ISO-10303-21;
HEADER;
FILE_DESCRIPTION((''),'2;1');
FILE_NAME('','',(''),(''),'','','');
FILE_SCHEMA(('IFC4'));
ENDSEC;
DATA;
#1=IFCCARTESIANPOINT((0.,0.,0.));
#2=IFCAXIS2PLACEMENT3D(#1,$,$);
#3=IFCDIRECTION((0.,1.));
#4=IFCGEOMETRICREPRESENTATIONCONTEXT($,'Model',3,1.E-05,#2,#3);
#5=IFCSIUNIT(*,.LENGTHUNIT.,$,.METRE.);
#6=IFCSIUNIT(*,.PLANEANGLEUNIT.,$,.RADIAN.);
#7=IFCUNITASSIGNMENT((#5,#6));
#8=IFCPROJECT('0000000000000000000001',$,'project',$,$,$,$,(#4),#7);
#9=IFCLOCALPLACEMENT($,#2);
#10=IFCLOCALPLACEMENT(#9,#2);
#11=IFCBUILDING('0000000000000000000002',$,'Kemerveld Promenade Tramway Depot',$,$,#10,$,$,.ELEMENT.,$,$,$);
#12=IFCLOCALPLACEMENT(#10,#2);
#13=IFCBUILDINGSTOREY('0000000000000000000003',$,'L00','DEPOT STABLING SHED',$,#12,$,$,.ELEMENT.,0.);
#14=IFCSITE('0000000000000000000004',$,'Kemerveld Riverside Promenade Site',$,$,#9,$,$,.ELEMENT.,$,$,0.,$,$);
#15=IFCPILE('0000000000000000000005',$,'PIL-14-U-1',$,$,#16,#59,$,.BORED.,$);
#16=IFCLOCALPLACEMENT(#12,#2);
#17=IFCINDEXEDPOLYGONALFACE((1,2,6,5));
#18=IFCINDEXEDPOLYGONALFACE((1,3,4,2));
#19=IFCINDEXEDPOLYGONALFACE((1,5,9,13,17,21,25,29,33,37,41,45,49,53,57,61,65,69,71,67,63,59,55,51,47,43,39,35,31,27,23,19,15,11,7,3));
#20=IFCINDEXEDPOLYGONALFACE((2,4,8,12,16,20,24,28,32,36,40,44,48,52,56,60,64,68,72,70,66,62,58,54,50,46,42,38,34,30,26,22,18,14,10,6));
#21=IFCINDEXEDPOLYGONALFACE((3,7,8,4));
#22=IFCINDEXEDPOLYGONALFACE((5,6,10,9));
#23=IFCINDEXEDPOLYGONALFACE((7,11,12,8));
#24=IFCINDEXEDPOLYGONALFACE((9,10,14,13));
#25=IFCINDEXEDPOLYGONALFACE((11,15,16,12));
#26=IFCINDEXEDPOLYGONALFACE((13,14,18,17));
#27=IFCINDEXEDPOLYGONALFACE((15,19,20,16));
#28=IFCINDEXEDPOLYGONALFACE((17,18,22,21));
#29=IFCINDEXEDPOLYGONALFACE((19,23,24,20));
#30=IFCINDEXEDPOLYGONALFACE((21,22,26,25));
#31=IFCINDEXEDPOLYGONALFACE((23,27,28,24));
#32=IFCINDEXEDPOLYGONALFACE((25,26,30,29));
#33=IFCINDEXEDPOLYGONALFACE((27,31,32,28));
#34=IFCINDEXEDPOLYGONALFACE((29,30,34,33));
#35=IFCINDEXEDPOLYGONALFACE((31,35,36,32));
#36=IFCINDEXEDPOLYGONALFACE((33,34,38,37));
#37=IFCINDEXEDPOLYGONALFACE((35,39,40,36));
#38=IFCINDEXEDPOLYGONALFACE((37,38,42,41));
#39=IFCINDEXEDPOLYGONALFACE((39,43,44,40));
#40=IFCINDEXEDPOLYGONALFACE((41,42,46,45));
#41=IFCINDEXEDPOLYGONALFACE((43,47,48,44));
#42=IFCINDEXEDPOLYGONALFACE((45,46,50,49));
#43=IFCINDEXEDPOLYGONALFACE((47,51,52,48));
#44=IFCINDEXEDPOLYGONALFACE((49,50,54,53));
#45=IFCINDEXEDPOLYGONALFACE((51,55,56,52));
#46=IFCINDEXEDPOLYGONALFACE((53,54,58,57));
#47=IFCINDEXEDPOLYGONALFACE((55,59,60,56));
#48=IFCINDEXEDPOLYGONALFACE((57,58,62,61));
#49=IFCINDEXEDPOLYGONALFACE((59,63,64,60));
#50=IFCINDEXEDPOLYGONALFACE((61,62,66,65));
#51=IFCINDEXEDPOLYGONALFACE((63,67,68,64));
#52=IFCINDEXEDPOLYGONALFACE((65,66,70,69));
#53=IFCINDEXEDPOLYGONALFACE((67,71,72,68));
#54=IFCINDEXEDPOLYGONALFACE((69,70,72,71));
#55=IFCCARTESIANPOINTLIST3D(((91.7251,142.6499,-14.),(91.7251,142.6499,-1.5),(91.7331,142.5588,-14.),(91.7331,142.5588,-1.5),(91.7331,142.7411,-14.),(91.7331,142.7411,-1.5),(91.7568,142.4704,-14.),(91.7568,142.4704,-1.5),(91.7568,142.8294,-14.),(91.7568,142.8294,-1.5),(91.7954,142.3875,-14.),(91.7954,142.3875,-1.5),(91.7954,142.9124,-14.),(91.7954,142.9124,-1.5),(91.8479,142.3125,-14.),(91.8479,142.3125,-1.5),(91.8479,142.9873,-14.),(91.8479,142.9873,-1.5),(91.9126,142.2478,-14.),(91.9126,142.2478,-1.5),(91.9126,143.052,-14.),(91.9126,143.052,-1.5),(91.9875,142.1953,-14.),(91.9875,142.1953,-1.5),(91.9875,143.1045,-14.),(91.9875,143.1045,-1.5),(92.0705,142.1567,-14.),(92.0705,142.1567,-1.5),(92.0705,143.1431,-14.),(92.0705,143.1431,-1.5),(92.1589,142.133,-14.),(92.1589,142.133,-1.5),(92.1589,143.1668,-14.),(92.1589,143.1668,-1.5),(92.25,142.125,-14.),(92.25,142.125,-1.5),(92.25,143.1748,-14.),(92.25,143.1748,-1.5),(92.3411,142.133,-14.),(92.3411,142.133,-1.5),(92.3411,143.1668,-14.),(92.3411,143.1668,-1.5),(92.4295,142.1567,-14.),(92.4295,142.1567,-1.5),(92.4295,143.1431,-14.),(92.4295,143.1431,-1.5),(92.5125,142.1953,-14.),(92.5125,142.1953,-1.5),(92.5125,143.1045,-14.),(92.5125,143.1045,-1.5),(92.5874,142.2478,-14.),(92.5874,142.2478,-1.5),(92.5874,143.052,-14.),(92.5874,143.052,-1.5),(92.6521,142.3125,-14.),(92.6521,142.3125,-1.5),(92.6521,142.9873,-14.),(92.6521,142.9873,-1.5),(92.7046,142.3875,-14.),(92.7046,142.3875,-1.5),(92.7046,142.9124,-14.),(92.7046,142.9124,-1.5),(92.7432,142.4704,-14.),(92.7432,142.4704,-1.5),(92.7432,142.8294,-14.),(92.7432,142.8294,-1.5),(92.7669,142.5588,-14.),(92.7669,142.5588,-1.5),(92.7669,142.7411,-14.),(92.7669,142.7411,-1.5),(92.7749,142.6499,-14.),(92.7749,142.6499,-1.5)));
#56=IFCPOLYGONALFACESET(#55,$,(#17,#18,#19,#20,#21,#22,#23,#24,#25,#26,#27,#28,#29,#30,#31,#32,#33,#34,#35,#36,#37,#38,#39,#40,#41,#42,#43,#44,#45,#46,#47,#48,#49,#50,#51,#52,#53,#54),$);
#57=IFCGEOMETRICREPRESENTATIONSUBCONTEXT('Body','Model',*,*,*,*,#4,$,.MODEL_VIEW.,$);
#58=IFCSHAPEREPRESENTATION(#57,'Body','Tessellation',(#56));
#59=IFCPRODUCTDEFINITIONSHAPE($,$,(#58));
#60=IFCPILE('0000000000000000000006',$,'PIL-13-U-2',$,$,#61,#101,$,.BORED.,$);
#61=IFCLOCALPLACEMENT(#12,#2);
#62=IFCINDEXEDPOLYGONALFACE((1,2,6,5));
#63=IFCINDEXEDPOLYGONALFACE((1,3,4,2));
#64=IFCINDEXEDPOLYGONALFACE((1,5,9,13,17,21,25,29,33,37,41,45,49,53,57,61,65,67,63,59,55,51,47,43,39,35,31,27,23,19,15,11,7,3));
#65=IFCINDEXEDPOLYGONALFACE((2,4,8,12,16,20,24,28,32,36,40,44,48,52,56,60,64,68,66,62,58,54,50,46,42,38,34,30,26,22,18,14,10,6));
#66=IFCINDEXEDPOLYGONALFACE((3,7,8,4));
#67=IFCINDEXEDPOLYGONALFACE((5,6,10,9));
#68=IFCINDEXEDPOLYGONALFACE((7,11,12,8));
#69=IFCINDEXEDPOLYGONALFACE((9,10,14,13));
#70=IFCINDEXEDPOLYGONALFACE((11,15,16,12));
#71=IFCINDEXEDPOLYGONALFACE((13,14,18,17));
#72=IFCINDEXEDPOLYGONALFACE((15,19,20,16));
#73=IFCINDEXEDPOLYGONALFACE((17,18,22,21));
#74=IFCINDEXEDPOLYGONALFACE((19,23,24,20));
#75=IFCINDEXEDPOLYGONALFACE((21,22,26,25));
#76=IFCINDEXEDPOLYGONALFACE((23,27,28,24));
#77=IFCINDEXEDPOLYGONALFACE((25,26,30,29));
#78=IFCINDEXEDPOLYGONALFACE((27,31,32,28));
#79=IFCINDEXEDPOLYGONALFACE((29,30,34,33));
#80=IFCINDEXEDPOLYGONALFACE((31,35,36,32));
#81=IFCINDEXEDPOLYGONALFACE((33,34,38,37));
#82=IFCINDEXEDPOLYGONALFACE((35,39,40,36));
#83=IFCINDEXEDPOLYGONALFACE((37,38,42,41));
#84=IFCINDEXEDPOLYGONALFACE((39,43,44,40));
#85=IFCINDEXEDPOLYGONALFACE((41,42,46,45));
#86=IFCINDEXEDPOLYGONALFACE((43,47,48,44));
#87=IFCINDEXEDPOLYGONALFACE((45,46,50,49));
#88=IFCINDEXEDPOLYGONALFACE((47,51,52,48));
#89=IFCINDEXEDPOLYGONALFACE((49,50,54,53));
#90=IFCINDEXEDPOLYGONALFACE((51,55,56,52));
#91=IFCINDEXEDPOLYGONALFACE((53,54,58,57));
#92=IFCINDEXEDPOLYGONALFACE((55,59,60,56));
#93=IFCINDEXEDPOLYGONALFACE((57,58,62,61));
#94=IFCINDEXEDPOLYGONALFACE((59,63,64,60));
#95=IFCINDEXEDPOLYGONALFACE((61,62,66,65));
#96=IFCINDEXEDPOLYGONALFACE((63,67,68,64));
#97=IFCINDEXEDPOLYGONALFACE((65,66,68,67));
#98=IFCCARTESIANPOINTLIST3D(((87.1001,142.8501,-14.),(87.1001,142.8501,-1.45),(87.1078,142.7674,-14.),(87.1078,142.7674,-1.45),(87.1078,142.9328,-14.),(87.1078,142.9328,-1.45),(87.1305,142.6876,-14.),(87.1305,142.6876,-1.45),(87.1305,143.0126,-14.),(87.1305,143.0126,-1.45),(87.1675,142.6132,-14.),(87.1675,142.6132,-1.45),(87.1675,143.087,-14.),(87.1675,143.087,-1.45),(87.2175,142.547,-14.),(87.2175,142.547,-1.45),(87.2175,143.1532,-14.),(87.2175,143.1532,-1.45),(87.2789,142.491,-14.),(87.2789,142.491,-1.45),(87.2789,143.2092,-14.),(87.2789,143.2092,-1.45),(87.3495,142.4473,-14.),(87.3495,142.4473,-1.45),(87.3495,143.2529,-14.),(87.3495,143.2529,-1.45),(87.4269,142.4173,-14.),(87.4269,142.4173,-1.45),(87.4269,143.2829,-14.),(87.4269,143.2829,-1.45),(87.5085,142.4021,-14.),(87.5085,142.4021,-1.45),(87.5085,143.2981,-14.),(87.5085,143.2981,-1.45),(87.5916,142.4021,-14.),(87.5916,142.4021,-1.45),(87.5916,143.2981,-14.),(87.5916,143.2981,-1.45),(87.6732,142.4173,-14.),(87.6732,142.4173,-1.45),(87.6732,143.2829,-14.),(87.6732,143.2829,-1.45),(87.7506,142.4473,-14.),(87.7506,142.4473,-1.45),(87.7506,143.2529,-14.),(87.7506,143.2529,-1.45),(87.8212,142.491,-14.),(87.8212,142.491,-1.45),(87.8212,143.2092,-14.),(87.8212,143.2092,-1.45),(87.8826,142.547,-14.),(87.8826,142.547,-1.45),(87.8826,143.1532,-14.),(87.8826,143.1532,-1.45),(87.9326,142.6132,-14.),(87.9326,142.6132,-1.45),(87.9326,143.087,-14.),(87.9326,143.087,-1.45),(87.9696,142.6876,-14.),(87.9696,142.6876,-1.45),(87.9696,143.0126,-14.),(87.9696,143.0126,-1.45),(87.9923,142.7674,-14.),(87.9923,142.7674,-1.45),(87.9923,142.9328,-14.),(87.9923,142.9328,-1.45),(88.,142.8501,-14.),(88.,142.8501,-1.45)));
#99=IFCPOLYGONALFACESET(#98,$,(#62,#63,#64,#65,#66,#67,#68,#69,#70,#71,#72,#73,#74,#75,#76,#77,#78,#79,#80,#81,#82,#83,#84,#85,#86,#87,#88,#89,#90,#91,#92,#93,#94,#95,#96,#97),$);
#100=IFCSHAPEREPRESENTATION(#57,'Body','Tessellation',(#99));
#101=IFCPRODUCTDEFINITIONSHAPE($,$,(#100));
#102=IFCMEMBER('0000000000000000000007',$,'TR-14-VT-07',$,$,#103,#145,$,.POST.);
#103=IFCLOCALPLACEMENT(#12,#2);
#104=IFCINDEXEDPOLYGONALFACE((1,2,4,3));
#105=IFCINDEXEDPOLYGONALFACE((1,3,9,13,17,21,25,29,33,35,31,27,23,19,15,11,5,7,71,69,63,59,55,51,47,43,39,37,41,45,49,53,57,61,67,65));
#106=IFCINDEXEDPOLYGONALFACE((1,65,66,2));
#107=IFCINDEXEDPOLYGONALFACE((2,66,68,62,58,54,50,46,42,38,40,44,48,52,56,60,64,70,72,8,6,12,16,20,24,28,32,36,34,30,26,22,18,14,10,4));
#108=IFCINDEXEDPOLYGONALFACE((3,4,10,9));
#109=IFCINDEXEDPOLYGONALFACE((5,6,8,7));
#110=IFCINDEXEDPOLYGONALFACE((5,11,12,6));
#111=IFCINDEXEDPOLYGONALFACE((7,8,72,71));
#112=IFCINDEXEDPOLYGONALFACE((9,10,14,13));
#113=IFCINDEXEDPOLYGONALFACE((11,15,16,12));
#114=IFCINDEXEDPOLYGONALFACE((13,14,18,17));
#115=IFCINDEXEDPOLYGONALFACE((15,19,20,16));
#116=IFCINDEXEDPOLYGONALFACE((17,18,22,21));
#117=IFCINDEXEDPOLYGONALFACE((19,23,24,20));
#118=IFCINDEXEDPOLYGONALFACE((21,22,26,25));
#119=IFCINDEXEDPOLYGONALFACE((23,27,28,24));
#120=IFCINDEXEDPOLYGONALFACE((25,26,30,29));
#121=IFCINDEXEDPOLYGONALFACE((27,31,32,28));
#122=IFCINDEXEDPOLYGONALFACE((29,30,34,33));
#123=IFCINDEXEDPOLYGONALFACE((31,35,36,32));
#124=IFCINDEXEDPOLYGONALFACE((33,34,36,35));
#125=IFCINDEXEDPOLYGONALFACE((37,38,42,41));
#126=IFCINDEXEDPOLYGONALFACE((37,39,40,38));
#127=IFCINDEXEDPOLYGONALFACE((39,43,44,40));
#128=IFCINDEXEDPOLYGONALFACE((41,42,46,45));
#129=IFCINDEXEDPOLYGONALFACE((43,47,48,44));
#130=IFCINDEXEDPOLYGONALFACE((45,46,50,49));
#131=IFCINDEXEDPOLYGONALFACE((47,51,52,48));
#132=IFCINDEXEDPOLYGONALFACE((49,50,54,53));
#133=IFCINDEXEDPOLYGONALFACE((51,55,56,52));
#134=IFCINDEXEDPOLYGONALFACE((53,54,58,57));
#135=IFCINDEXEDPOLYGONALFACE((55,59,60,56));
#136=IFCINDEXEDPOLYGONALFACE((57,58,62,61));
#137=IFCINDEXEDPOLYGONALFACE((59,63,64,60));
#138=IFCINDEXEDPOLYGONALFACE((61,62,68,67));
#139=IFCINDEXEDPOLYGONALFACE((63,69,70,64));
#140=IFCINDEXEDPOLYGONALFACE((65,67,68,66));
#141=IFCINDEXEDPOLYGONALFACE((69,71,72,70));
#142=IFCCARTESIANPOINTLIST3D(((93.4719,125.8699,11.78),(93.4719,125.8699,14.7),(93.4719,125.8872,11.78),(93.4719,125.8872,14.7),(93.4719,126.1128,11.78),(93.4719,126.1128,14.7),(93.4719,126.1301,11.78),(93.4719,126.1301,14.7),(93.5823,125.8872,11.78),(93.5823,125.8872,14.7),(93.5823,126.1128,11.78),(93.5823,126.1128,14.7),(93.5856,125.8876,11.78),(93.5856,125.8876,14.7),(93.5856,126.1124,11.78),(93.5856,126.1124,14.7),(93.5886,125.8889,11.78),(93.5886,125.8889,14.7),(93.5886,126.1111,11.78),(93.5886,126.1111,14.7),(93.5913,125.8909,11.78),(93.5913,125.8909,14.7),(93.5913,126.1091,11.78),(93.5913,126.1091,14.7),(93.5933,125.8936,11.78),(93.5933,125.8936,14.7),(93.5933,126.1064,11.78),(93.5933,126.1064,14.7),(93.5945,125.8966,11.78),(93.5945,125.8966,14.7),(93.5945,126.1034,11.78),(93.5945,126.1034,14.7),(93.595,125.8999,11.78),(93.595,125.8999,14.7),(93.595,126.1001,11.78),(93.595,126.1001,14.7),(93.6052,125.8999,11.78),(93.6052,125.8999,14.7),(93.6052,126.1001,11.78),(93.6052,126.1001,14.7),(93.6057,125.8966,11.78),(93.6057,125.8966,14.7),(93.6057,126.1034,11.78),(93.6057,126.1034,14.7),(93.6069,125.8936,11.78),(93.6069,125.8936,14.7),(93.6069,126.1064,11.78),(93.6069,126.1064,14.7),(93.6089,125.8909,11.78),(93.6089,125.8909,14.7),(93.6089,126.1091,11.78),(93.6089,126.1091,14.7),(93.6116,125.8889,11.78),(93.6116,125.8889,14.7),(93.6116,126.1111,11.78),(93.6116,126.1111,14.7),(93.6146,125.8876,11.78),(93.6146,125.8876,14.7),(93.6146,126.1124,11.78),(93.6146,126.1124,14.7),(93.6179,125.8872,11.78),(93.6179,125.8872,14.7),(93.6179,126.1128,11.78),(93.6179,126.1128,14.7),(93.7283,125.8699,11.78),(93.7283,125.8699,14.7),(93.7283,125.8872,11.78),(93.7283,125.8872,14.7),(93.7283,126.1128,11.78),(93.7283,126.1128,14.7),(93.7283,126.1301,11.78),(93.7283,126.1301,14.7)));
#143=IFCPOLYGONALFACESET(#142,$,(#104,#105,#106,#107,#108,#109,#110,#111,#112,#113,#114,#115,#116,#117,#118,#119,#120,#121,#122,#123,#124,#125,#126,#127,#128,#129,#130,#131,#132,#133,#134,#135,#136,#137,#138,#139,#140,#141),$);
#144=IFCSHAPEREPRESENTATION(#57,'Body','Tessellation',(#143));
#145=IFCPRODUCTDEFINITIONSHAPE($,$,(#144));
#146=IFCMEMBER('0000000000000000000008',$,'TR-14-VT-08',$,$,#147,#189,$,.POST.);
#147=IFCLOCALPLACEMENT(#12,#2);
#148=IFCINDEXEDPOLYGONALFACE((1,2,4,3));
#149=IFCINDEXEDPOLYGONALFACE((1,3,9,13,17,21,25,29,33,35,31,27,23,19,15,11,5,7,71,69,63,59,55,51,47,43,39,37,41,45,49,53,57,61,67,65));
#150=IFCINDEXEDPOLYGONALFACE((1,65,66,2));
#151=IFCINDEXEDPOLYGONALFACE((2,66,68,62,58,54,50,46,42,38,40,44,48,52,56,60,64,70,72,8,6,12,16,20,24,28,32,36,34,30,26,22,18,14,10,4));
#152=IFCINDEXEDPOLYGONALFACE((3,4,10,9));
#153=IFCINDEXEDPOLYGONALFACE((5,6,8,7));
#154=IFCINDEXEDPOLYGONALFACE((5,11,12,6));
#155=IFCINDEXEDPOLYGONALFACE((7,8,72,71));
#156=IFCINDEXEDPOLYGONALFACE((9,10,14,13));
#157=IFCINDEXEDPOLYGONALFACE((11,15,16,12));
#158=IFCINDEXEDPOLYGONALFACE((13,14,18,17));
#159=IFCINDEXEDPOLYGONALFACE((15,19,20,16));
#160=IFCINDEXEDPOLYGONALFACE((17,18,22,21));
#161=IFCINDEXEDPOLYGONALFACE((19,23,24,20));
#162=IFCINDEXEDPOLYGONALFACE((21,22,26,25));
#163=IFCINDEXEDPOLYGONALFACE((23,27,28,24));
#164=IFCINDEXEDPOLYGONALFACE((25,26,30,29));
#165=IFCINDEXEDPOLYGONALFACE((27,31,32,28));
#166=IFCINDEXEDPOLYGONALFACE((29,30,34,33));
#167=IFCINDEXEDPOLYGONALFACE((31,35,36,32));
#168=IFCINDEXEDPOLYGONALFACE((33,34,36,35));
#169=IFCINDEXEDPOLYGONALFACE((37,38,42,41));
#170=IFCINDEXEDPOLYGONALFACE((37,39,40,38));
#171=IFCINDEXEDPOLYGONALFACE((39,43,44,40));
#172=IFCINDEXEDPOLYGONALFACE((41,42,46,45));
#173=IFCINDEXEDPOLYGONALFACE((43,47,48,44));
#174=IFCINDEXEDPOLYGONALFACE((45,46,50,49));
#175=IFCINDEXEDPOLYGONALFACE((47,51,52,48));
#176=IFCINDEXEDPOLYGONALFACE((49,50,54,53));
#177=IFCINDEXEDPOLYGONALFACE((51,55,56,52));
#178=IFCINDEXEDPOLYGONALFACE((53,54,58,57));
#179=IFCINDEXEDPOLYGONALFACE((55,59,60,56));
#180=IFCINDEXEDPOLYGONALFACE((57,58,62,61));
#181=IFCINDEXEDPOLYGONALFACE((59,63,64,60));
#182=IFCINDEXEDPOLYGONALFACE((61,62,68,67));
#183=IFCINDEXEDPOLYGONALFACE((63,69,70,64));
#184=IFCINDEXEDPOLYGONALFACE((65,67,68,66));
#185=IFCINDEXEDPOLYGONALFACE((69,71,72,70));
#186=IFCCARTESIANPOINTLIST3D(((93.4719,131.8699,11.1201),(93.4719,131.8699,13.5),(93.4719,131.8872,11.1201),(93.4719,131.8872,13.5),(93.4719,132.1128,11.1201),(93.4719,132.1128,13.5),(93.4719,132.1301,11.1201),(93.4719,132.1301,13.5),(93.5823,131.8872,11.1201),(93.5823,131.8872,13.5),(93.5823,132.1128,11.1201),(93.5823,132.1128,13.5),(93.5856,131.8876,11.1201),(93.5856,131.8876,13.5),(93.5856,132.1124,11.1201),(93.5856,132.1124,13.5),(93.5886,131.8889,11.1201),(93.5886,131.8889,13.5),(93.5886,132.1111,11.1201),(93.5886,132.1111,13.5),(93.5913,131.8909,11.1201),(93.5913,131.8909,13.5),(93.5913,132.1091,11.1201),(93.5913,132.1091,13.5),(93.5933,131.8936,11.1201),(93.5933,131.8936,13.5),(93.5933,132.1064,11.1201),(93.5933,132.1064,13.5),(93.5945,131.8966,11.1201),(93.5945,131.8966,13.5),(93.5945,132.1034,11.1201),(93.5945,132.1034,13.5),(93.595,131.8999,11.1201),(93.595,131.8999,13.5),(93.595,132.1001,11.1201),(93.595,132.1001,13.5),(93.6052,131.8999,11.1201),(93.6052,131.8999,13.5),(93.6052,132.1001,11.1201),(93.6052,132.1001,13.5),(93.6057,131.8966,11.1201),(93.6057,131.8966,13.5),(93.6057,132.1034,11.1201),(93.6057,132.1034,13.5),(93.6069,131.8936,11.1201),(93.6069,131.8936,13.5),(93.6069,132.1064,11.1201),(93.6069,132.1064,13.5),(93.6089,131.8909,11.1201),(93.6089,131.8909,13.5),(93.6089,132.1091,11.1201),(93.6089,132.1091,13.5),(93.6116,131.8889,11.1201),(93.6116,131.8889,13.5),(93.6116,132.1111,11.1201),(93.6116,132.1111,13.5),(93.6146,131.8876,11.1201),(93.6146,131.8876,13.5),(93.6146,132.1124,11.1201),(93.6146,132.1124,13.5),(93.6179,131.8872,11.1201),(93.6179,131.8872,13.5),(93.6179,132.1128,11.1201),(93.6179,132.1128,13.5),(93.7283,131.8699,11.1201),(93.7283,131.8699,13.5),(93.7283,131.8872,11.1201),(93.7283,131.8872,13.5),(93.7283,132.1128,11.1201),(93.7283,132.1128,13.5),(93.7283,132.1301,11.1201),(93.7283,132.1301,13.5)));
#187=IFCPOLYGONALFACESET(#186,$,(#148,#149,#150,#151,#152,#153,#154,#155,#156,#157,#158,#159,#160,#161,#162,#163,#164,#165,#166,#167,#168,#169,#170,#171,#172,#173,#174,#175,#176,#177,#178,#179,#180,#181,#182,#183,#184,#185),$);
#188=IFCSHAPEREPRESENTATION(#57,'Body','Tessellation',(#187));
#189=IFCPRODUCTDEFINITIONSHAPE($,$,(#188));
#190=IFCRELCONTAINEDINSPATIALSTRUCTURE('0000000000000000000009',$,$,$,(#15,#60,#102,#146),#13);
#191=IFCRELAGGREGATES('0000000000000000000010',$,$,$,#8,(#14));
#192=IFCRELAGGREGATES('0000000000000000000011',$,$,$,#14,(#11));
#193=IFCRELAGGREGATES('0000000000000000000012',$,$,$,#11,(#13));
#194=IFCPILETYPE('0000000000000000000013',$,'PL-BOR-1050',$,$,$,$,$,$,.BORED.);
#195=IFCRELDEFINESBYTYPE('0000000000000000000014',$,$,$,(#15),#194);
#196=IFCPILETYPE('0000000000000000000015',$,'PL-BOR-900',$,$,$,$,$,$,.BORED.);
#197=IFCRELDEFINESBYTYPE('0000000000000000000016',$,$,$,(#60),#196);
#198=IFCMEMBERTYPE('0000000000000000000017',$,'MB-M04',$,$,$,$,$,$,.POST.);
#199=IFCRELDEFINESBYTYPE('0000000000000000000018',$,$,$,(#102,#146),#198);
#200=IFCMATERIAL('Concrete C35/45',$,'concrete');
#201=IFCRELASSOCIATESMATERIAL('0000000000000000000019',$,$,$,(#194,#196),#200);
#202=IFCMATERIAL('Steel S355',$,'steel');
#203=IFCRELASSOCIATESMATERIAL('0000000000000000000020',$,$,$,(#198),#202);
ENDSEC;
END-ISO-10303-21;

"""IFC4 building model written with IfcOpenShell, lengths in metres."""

from ifc_helpers import new_model, si_unit, direction, frame, origin, origin_2d, place, context, subcontext, project, spatial, circle, i_section, extrude, material, material_profile, profile_set, type_object, element, save


model = new_model("IFC4")

# Units and contexts
model_context = context("Model", 3, precision=1e-05, world=origin(), true_north=direction((0.0, 1.0)))
body_context = subcontext(model_context, "Body", "Model", "MODEL_VIEW")
ifc_project = project(units=[si_unit("LENGTHUNIT", "METRE"), si_unit("PLANEANGLEUNIT", "RADIAN")], contexts=[model_context])

# Site, building, storey
site_placement = place(None, origin())
site = spatial("IfcSite", under=ifc_project, at=site_placement, Name="Kemerveld Riverside Promenade Site", CompositionType="ELEMENT", RefElevation=0.0)
building_placement = place(site_placement, origin())
building = spatial("IfcBuilding", under=site, at=building_placement, Name="Kemerveld Promenade Tramway Depot", CompositionType="ELEMENT")
storey_placement = place(building_placement, origin())
storey = spatial("IfcBuildingStorey", under=building, at=storey_placement, Name="L00", Description="DEPOT STABLING SHED", CompositionType="ELEMENT", Elevation=0.0)

# Piles
ifc_material_1 = material(Name="Concrete C35/45", Category="concrete")
ifc_material_profile_1 = material_profile(ifc_material_1, circle(Radius=0.5249, at=origin_2d()), Name="PILE-D1050")
ifc_profile_set_1 = profile_set([ifc_material_profile_1], Name="Concrete C35/45")
pile_type_1 = type_object("IfcPileType", Name="PL-BOR-1050", PredefinedType="BORED", material=ifc_profile_set_1)
pile_1_placement = place(storey_placement, frame((92.25, 142.6499, -1.5), z_axis=(0.0, 0.0, -1.0), x_axis=(1.0, 0.0, 0.0)))
element("IfcPile", 1, at=pile_1_placement, inside=storey, type_object=pile_type_1, Name="PIL-14-U-1", PredefinedType="BORED", context=body_context, shape_type="SweptSolid", body=[
    extrude(circle(Radius=0.5249, at=origin_2d()), origin(), (0.0, 0.0, 1.0), 12.5),
])
ifc_material_profile_2 = material_profile(ifc_material_1, circle(Radius=0.45, at=origin_2d()), Name="PILE-D900")
ifc_profile_set_2 = profile_set([ifc_material_profile_2], Name="Concrete C35/45")
pile_type_2 = type_object("IfcPileType", Name="PL-BOR-900", PredefinedType="BORED", material=ifc_profile_set_2)
pile_2_placement = place(storey_placement, frame((87.55, 142.8501, -1.45), z_axis=(0.0, 0.0, -1.0), x_axis=(1.0, 0.0, 0.0)))
element("IfcPile", 2, at=pile_2_placement, inside=storey, type_object=pile_type_2, Name="PIL-13-U-2", PredefinedType="BORED", context=body_context, shape_type="SweptSolid", body=[
    extrude(circle(Radius=0.45, at=origin_2d()), origin(), (0.0, 0.0, 1.0), 12.55),
])

# Members
ifc_material_2 = material(Name="Steel S355", Category="steel")
ifc_material_profile_3 = material_profile(ifc_material_2, i_section(OverallWidth=0.2563, OverallDepth=0.2603, WebThickness=0.0103, FlangeThickness=0.0173, FilletRadius=0.0127, at=origin_2d()), Name="254x254x89 UC")
ifc_profile_set_3 = profile_set([ifc_material_profile_3], Name="Steel S355")
member_type_1 = type_object("IfcMemberType", Name="MB-M04", PredefinedType="POST", material=ifc_profile_set_3)
member_1_placement = place(storey_placement, frame((93.6001, 126.0, 11.78), z_axis=(0.0, 0.0, 1.0), x_axis=(1.0, 0.0, 0.0)))
element("IfcMember", 3, at=member_1_placement, inside=storey, type_object=member_type_1, Name="TR-14-VT-07", PredefinedType="POST", context=body_context, shape_type="SweptSolid", body=[
    extrude(i_section(OverallWidth=0.2563, OverallDepth=0.2603, WebThickness=0.0103, FlangeThickness=0.0173, FilletRadius=0.0127, at=origin_2d()), origin(), (0.0, 0.0, 1.0), 2.9199),
])
member_2_placement = place(storey_placement, frame((93.6001, 132.0, 11.1201), z_axis=(0.0, 0.0, 1.0), x_axis=(1.0, 0.0, 0.0)))
element("IfcMember", 4, at=member_2_placement, inside=storey, type_object=member_type_1, Name="TR-14-VT-08", PredefinedType="POST", context=body_context, shape_type="SweptSolid", body=[
    extrude(i_section(OverallWidth=0.2563, OverallDepth=0.2603, WebThickness=0.0103, FlangeThickness=0.0173, FilletRadius=0.0127, at=origin_2d()), origin(), (0.0, 0.0, 1.0), 2.3799),
])

save(model, "model.ifc")
